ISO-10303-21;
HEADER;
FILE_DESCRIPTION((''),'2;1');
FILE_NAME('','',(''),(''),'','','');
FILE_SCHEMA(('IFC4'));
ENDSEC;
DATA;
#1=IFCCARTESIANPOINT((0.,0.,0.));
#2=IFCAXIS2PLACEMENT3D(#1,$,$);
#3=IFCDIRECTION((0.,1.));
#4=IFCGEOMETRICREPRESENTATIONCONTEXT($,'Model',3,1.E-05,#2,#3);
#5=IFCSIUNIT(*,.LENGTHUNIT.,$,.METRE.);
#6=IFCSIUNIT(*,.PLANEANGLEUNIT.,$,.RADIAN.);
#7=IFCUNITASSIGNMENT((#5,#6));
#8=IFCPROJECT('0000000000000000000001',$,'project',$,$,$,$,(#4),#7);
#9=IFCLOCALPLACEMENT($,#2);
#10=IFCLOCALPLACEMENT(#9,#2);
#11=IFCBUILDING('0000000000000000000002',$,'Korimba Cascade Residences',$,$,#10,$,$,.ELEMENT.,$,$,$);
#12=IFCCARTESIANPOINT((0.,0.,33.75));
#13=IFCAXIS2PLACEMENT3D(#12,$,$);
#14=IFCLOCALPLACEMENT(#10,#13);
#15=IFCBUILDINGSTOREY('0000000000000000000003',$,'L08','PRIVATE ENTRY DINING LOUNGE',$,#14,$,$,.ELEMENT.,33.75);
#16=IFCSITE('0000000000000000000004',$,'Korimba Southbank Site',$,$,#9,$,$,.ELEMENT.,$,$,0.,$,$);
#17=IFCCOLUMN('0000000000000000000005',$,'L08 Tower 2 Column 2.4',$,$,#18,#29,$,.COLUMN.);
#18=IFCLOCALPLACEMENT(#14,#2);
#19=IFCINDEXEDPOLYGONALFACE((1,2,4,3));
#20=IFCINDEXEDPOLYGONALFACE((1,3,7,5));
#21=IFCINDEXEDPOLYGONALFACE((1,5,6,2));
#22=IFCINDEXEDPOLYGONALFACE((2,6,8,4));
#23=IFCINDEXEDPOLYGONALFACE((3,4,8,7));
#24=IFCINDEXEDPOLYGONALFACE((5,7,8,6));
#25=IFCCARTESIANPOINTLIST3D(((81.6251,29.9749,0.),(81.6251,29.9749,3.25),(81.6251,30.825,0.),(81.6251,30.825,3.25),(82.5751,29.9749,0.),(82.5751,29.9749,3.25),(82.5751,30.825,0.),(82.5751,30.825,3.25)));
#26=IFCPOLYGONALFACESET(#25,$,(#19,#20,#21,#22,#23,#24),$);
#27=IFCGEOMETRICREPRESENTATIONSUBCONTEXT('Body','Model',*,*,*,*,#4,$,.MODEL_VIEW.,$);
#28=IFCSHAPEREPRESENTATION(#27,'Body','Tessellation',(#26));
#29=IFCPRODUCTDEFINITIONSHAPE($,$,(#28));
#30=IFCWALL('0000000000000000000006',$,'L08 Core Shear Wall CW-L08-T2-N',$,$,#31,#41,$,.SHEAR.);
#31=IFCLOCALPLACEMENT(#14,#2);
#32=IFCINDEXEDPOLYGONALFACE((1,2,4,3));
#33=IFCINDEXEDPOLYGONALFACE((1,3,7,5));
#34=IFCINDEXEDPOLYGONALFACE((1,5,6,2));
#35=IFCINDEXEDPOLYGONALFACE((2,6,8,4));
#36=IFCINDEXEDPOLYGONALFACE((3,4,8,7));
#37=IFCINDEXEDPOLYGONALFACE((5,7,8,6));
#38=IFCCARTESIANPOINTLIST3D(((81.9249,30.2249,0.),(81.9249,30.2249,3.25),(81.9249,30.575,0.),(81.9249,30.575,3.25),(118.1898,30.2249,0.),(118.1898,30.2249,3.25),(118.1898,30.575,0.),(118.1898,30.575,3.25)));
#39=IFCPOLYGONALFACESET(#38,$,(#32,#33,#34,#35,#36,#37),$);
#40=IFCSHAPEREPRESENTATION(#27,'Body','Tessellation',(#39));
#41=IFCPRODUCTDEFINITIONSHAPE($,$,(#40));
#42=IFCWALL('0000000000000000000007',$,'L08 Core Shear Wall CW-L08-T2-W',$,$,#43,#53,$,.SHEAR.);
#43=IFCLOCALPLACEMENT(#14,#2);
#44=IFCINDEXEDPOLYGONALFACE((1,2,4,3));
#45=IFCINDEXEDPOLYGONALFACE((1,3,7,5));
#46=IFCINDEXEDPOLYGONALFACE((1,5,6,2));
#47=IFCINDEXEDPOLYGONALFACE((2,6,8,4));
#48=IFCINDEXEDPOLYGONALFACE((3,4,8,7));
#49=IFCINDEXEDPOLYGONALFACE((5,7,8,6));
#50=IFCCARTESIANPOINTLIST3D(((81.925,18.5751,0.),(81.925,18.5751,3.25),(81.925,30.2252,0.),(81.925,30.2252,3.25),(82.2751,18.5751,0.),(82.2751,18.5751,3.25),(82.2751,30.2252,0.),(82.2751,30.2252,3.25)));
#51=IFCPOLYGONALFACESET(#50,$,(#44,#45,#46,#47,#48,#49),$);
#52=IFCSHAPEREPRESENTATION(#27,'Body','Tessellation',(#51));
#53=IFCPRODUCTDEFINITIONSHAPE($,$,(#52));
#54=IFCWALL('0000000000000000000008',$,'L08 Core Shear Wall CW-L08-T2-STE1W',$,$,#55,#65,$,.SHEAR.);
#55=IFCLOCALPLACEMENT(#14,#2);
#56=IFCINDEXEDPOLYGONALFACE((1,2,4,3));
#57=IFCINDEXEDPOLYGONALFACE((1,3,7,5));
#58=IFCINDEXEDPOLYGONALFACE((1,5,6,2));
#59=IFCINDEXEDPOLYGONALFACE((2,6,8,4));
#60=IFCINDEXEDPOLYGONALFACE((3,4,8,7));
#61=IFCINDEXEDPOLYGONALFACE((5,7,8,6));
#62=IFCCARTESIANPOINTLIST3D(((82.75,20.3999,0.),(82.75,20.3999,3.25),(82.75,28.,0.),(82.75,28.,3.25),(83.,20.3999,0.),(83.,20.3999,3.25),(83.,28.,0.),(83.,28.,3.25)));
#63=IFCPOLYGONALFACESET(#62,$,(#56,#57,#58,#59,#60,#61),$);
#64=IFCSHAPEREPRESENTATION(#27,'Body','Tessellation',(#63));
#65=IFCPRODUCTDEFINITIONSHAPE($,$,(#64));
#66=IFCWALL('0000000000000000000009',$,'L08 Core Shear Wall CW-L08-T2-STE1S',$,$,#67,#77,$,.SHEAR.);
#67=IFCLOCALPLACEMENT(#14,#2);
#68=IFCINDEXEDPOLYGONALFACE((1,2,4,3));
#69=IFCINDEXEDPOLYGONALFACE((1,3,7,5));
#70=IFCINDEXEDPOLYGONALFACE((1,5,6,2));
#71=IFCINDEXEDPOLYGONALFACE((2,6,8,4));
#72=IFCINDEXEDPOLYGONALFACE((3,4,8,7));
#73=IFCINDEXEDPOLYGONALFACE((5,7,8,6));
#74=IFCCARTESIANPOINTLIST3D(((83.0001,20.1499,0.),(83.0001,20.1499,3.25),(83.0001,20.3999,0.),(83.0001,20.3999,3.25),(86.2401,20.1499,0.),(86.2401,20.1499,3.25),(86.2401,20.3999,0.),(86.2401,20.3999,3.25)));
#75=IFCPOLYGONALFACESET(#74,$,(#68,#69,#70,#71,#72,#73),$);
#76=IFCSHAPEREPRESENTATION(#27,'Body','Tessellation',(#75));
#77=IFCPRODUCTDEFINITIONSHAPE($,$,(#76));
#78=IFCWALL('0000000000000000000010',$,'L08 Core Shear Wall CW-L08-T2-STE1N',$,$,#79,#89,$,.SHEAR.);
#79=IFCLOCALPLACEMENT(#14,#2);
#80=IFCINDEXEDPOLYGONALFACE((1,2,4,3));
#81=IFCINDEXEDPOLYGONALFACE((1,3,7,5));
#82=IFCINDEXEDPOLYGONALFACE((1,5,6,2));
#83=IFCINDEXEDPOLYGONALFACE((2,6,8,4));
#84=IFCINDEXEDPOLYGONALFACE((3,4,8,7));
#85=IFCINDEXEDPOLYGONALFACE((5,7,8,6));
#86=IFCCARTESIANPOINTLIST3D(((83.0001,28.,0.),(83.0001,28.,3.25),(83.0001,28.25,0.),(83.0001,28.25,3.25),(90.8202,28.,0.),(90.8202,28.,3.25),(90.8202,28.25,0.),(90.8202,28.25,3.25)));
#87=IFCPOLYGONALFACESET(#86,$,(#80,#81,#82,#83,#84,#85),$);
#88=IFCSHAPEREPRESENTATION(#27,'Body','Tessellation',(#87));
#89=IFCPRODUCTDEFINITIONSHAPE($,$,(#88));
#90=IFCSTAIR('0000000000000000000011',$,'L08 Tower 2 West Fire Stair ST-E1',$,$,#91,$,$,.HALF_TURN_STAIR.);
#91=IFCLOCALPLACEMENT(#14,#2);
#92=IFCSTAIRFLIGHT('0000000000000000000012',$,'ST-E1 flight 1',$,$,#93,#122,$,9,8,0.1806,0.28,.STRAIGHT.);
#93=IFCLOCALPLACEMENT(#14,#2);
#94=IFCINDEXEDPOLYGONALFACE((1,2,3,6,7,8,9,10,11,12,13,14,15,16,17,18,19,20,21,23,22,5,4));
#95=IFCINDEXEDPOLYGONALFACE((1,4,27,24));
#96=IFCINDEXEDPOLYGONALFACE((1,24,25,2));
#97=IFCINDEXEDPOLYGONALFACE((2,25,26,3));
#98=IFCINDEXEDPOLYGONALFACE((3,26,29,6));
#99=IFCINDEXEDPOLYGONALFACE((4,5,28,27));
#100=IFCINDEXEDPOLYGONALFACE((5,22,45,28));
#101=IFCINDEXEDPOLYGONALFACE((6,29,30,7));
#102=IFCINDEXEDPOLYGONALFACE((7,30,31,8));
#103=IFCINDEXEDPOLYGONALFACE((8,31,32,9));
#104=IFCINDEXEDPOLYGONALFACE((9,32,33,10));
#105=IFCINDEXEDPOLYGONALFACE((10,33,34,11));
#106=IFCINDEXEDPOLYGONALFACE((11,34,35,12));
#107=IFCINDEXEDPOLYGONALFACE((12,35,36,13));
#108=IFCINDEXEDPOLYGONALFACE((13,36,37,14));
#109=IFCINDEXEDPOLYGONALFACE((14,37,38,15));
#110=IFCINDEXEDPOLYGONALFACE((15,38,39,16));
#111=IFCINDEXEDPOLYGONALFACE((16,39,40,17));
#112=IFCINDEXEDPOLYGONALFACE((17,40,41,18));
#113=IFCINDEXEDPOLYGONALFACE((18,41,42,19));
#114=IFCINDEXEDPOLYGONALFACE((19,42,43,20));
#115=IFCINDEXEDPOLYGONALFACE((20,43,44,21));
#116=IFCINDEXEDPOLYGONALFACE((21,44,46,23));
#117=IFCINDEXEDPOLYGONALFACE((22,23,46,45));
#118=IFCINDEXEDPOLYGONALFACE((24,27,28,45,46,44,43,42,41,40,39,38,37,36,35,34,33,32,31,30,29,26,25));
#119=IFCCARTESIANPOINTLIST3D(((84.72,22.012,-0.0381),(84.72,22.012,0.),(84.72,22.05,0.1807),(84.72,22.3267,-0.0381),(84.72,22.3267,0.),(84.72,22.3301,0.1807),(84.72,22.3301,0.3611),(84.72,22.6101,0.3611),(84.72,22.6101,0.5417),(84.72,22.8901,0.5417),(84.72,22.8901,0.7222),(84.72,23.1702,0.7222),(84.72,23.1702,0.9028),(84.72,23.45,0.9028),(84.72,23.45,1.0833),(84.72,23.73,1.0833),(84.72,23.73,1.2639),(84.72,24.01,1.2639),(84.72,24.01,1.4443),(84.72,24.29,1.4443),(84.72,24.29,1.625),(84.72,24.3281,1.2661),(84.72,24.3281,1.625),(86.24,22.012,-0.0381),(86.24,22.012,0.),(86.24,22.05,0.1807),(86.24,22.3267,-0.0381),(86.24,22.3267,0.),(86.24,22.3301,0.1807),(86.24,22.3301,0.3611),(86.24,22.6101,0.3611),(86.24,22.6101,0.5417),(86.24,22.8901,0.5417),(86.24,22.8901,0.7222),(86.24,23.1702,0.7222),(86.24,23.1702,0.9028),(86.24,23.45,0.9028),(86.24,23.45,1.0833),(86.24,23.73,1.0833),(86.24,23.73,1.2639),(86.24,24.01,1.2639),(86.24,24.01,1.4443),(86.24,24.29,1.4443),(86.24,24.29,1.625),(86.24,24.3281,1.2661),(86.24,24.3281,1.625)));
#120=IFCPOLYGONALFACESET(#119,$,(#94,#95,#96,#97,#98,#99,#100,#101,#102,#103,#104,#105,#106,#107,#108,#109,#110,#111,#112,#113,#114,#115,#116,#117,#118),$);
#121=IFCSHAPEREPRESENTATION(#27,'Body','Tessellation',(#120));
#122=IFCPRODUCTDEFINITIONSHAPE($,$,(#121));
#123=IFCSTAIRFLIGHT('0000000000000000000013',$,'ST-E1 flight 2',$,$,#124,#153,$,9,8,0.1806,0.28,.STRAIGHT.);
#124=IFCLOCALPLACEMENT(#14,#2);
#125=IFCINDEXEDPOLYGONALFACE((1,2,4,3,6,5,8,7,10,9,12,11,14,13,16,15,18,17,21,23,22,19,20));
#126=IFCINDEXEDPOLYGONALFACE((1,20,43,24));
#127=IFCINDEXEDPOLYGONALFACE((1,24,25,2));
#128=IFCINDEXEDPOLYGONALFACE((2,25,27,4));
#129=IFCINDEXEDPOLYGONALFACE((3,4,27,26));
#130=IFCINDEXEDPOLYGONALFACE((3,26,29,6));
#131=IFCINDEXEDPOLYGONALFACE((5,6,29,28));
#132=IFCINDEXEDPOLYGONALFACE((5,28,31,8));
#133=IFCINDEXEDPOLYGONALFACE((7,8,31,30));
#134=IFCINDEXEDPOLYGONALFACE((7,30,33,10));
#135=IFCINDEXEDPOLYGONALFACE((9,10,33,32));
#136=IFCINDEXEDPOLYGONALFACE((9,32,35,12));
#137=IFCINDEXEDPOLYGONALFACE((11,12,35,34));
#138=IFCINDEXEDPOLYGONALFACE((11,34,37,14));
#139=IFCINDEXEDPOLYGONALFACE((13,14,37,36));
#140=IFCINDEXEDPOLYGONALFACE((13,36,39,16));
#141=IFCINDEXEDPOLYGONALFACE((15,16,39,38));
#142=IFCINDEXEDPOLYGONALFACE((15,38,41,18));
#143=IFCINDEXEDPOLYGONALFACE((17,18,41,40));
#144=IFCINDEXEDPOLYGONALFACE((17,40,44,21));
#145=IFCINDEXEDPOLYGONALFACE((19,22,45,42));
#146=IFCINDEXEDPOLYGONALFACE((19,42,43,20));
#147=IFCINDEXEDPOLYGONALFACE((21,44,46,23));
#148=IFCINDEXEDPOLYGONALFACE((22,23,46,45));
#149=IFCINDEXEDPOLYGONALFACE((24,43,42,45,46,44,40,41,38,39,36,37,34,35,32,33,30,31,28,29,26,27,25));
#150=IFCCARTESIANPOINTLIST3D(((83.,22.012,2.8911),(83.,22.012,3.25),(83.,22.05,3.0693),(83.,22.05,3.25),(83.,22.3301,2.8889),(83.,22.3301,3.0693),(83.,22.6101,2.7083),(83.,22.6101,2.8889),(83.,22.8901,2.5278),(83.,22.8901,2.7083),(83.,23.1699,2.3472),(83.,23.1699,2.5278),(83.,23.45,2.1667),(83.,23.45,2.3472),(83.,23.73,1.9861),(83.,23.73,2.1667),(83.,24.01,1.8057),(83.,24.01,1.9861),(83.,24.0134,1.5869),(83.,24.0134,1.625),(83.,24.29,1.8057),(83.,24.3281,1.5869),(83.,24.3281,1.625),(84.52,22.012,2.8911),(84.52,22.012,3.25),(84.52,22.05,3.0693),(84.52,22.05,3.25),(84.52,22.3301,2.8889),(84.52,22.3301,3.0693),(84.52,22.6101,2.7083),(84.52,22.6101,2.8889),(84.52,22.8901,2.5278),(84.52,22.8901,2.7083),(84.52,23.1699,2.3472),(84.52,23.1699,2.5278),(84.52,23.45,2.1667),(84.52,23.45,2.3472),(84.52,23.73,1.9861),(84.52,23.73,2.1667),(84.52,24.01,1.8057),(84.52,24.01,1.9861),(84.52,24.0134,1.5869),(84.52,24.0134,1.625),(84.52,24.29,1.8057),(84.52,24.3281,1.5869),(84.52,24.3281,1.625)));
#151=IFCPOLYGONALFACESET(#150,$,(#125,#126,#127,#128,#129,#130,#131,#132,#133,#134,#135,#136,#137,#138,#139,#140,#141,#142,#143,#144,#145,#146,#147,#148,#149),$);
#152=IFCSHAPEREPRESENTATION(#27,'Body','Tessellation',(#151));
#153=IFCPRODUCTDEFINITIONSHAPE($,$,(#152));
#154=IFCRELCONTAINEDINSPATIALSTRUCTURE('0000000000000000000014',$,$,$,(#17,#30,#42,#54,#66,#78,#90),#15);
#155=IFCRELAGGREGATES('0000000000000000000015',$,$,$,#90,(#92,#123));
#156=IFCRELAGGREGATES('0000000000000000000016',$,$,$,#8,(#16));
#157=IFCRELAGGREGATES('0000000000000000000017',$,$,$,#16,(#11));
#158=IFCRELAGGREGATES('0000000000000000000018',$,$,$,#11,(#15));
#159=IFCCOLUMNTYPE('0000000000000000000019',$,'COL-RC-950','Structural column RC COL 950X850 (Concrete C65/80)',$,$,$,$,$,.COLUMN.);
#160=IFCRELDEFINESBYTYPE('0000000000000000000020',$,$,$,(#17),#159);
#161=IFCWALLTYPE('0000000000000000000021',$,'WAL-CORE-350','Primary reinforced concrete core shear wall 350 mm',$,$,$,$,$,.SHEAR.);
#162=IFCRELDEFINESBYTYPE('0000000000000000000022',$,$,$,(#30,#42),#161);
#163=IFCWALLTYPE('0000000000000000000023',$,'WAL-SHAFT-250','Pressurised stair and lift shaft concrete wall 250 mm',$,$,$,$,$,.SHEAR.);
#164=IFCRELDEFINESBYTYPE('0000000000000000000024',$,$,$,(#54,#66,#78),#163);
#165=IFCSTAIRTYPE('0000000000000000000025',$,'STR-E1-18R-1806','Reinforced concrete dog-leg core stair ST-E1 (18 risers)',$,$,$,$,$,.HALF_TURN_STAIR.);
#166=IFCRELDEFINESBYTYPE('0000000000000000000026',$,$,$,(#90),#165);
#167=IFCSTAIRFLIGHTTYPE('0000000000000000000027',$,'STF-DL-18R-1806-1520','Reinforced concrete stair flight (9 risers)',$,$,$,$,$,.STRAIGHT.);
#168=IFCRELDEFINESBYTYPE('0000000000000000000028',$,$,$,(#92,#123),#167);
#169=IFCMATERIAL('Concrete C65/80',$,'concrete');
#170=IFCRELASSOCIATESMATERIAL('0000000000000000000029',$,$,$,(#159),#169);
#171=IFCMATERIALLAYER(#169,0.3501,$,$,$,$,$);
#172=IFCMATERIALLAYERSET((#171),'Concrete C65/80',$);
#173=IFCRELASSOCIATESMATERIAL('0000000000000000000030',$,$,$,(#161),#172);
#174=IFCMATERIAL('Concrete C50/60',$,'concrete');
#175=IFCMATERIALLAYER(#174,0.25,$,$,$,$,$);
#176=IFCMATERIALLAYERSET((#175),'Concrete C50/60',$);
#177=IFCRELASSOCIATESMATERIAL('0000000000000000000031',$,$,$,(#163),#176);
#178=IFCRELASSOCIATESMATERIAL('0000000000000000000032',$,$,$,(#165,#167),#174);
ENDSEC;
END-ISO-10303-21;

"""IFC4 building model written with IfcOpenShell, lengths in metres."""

from ifc_helpers import new_model, si_unit, direction, frame, frame_2d, origin, origin_2d, place, context, subcontext, project, spatial, polyline, rectangle, outline, extrude, material, layer, layer_set, material_profile, profile_set, type_object, element, aggregate, save


model = new_model("IFC4")

# Units and contexts
model_context = context("Model", 3, precision=1e-05, world=origin(), true_north=direction((0.0, 1.0)))
body_context = subcontext(model_context, "Body", "Model", "MODEL_VIEW")
ifc_project = project(units=[si_unit("LENGTHUNIT", "METRE"), si_unit("PLANEANGLEUNIT", "RADIAN")], contexts=[model_context])

# Site, building, storey
site_placement = place(None, origin())
site = spatial("IfcSite", under=ifc_project, at=site_placement, Name="Korimba Southbank Site", CompositionType="ELEMENT", RefElevation=0.0)
building_placement = place(site_placement, origin())
building = spatial("IfcBuilding", under=site, at=building_placement, Name="Korimba Cascade Residences", CompositionType="ELEMENT")
storey_placement = place(building_placement, frame((0.0, 0.0, 33.75)))
storey = spatial("IfcBuildingStorey", under=building, at=storey_placement, Name="L08", Description="PRIVATE ENTRY DINING LOUNGE", CompositionType="ELEMENT", Elevation=33.75)

# Column
ifc_material_1 = material(Name="Concrete C65/80", Category="concrete")
ifc_material_profile = material_profile(ifc_material_1, rectangle(XDim=0.95, YDim=0.8501, at=origin_2d()), Name="Concrete C65/80")
ifc_profile_set = profile_set([ifc_material_profile], Name="Concrete C65/80")
column_type = type_object("IfcColumnType", Name="COL-RC-950", Description="Structural column RC COL 950X850 (Concrete C65/80)", PredefinedType="COLUMN", material=ifc_profile_set)
column_placement = place(storey_placement, frame((82.1001, 30.3999, 0.0), z_axis=(0.0, 0.0, 1.0), x_axis=(1.0, 0.0, 0.0)))
element("IfcColumn", 1, at=column_placement, inside=storey, type_object=column_type, Name="L08 Tower 2 Column 2.4", PredefinedType="COLUMN", context=body_context, shape_type="SweptSolid", body=[
    extrude(rectangle(XDim=0.95, YDim=0.8501, at=origin_2d()), origin(), (0.0, 0.0, 1.0), 3.25),
])

# Walls
ifc_layer_1 = layer(ifc_material_1, 0.3501)
ifc_layer_set_1 = layer_set([ifc_layer_1], Name="Concrete C65/80")
wall_type_1 = type_object("IfcWallType", Name="WAL-CORE-350", Description="Primary reinforced concrete core shear wall 350 mm", PredefinedType="SHEAR", material=ifc_layer_set_1)
wall_1_placement = place(storey_placement, frame((81.925, 30.3999, 0.0), z_axis=(0.0, 0.0, 1.0), x_axis=(1.0, 0.0, 0.0)))
element("IfcWall", 2, at=wall_1_placement, inside=storey, type_object=wall_type_1, Name="L08 Core Shear Wall CW-L08-T2-N", PredefinedType="SHEAR", context=body_context, shape_type="SweptSolid", body=[
    extrude(rectangle(XDim=36.2649, YDim=0.3501, at=frame_2d((18.1323, 0.0))), origin(), (0.0, 0.0, 1.0), 3.25),
])
wall_2_placement = place(storey_placement, frame((82.1001, 18.575, 0.0), z_axis=(0.0, 0.0, 1.0), x_axis=(0.0, 1.0, 0.0)))
element("IfcWall", 3, at=wall_2_placement, inside=storey, type_object=wall_type_1, Name="L08 Core Shear Wall CW-L08-T2-W", PredefinedType="SHEAR", context=body_context, shape_type="SweptSolid", body=[
    extrude(rectangle(XDim=11.6501, YDim=0.3501, at=frame_2d((5.8252, 0.0))), origin(), (0.0, 0.0, 1.0), 3.25),
])
ifc_material_2 = material(Name="Concrete C50/60", Category="concrete")
ifc_layer_2 = layer(ifc_material_2, 0.25)
ifc_layer_set_2 = layer_set([ifc_layer_2], Name="Concrete C50/60")
wall_type_2 = type_object("IfcWallType", Name="WAL-SHAFT-250", Description="Pressurised stair and lift shaft concrete wall 250 mm", PredefinedType="SHEAR", material=ifc_layer_set_2)
wall_3_placement = place(storey_placement, frame((82.875, 20.3999, 0.0), z_axis=(0.0, 0.0, 1.0), x_axis=(0.0, 1.0, 0.0)))
element("IfcWall", 4, at=wall_3_placement, inside=storey, type_object=wall_type_2, Name="L08 Core Shear Wall CW-L08-T2-STE1W", PredefinedType="SHEAR", context=body_context, shape_type="SweptSolid", body=[
    extrude(rectangle(XDim=7.6001, YDim=0.25, at=frame_2d((3.8, 0.0))), origin(), (0.0, 0.0, 1.0), 3.25),
])
wall_4_placement = place(storey_placement, frame((83.0, 20.2749, 0.0), z_axis=(0.0, 0.0, 1.0), x_axis=(1.0, 0.0, 0.0)))
element("IfcWall", 5, at=wall_4_placement, inside=storey, type_object=wall_type_2, Name="L08 Core Shear Wall CW-L08-T2-STE1S", PredefinedType="SHEAR", context=body_context, shape_type="SweptSolid", body=[
    extrude(rectangle(XDim=3.24, YDim=0.25, at=frame_2d((1.6201, 0.0))), origin(), (0.0, 0.0, 1.0), 3.25),
])
wall_5_placement = place(storey_placement, frame((83.0, 28.125, 0.0), z_axis=(0.0, 0.0, 1.0), x_axis=(1.0, 0.0, 0.0)))
element("IfcWall", 6, at=wall_5_placement, inside=storey, type_object=wall_type_2, Name="L08 Core Shear Wall CW-L08-T2-STE1N", PredefinedType="SHEAR", context=body_context, shape_type="SweptSolid", body=[
    extrude(rectangle(XDim=7.8201, YDim=0.25, at=frame_2d((3.9102, 0.0))), origin(), (0.0, 0.0, 1.0), 3.25),
])

# Stair, stair flights
stair_type = type_object("IfcStairType", Name="STR-E1-18R-1806", Description="Reinforced concrete dog-leg core stair ST-E1 (18 risers)", PredefinedType="HALF_TURN_STAIR", material=ifc_material_2)
stair_placement = place(storey_placement, origin())
stair = element("IfcStair", 7, at=stair_placement, inside=storey, type_object=stair_type, Name="L08 Tower 2 West Fire Stair ST-E1", PredefinedType="HALF_TURN_STAIR")
stair_flight_type = type_object("IfcStairFlightType", Name="STF-DL-18R-1806-1520", Description="Reinforced concrete stair flight (9 risers)", PredefinedType="STRAIGHT", material=ifc_material_2)
stair_flight_1_placement = place(storey_placement, frame((85.48, 22.05, 0.0), z_axis=(0.0, 0.0, 1.0), x_axis=(0.0, 1.0, 0.0)))
stair_flight_1 = element("IfcStairFlight", 8, at=stair_flight_1_placement, type_object=stair_flight_type, Name="ST-E1 flight 1", NumberOfRisers=9, NumberOfTreads=8, PredefinedType="STRAIGHT", RiserHeight=0.1806, TreadLength=0.28, context=body_context, shape_type="SweptSolid", body=[
    extrude(outline(polyline([(-0.0381, 0.0), (0.0, 0.1807), (0.28, 0.1807), (0.28, 0.3611), (0.5601, 0.3611), (0.5601, 0.5417), (0.8401, 0.5417), (0.8401, 0.7222), (1.1201, 0.7222), (1.1201, 0.9028), (1.3999, 0.9028), (1.3999, 1.0833), (1.6799, 1.0833), (1.6799, 1.2639), (1.96, 1.2639), (1.96, 1.4443), (2.24, 1.4443), (2.24, 1.625), (2.2781, 1.625), (2.2781, 1.2661), (0.2766, 0.0), (0.2766, -0.0381), (-0.0381, -0.0381), (-0.0381, 0.0)])), frame((0.0, 0.76, 0.0), z_axis=(0.0, -1.0, 0.0), x_axis=(1.0, 0.0, 0.0)), (0.0, 0.0, 1.0), 1.52),
])
stair_flight_2_placement = place(storey_placement, frame((83.76, 24.29, 1.625), z_axis=(0.0, 0.0, 1.0), x_axis=(0.0, -1.0, 0.0)))
stair_flight_2 = element("IfcStairFlight", 9, at=stair_flight_2_placement, type_object=stair_flight_type, Name="ST-E1 flight 2", NumberOfRisers=9, NumberOfTreads=8, PredefinedType="STRAIGHT", RiserHeight=0.1806, TreadLength=0.28, context=body_context, shape_type="SweptSolid", body=[
    extrude(outline(polyline([(-0.0381, 0.0), (0.0, 0.1807), (0.28, 0.1807), (0.28, 0.3611), (0.5601, 0.3611), (0.5601, 0.5417), (0.8401, 0.5417), (0.8401, 0.7222), (1.1201, 0.7222), (1.1201, 0.9028), (1.3999, 0.9028), (1.3999, 1.0833), (1.6799, 1.0833), (1.6799, 1.2639), (1.96, 1.2639), (1.96, 1.4443), (2.24, 1.4443), (2.24, 1.625), (2.2781, 1.625), (2.2781, 1.2661), (0.2766, 0.0), (0.2766, -0.0381), (-0.0381, -0.0381), (-0.0381, 0.0)])), frame((0.0, 0.76, 0.0), z_axis=(0.0, -1.0, 0.0), x_axis=(1.0, 0.0, 0.0)), (0.0, 0.0, 1.0), 1.52),
])
aggregate(stair, [stair_flight_1, stair_flight_2])

save(model, "model.ifc")
